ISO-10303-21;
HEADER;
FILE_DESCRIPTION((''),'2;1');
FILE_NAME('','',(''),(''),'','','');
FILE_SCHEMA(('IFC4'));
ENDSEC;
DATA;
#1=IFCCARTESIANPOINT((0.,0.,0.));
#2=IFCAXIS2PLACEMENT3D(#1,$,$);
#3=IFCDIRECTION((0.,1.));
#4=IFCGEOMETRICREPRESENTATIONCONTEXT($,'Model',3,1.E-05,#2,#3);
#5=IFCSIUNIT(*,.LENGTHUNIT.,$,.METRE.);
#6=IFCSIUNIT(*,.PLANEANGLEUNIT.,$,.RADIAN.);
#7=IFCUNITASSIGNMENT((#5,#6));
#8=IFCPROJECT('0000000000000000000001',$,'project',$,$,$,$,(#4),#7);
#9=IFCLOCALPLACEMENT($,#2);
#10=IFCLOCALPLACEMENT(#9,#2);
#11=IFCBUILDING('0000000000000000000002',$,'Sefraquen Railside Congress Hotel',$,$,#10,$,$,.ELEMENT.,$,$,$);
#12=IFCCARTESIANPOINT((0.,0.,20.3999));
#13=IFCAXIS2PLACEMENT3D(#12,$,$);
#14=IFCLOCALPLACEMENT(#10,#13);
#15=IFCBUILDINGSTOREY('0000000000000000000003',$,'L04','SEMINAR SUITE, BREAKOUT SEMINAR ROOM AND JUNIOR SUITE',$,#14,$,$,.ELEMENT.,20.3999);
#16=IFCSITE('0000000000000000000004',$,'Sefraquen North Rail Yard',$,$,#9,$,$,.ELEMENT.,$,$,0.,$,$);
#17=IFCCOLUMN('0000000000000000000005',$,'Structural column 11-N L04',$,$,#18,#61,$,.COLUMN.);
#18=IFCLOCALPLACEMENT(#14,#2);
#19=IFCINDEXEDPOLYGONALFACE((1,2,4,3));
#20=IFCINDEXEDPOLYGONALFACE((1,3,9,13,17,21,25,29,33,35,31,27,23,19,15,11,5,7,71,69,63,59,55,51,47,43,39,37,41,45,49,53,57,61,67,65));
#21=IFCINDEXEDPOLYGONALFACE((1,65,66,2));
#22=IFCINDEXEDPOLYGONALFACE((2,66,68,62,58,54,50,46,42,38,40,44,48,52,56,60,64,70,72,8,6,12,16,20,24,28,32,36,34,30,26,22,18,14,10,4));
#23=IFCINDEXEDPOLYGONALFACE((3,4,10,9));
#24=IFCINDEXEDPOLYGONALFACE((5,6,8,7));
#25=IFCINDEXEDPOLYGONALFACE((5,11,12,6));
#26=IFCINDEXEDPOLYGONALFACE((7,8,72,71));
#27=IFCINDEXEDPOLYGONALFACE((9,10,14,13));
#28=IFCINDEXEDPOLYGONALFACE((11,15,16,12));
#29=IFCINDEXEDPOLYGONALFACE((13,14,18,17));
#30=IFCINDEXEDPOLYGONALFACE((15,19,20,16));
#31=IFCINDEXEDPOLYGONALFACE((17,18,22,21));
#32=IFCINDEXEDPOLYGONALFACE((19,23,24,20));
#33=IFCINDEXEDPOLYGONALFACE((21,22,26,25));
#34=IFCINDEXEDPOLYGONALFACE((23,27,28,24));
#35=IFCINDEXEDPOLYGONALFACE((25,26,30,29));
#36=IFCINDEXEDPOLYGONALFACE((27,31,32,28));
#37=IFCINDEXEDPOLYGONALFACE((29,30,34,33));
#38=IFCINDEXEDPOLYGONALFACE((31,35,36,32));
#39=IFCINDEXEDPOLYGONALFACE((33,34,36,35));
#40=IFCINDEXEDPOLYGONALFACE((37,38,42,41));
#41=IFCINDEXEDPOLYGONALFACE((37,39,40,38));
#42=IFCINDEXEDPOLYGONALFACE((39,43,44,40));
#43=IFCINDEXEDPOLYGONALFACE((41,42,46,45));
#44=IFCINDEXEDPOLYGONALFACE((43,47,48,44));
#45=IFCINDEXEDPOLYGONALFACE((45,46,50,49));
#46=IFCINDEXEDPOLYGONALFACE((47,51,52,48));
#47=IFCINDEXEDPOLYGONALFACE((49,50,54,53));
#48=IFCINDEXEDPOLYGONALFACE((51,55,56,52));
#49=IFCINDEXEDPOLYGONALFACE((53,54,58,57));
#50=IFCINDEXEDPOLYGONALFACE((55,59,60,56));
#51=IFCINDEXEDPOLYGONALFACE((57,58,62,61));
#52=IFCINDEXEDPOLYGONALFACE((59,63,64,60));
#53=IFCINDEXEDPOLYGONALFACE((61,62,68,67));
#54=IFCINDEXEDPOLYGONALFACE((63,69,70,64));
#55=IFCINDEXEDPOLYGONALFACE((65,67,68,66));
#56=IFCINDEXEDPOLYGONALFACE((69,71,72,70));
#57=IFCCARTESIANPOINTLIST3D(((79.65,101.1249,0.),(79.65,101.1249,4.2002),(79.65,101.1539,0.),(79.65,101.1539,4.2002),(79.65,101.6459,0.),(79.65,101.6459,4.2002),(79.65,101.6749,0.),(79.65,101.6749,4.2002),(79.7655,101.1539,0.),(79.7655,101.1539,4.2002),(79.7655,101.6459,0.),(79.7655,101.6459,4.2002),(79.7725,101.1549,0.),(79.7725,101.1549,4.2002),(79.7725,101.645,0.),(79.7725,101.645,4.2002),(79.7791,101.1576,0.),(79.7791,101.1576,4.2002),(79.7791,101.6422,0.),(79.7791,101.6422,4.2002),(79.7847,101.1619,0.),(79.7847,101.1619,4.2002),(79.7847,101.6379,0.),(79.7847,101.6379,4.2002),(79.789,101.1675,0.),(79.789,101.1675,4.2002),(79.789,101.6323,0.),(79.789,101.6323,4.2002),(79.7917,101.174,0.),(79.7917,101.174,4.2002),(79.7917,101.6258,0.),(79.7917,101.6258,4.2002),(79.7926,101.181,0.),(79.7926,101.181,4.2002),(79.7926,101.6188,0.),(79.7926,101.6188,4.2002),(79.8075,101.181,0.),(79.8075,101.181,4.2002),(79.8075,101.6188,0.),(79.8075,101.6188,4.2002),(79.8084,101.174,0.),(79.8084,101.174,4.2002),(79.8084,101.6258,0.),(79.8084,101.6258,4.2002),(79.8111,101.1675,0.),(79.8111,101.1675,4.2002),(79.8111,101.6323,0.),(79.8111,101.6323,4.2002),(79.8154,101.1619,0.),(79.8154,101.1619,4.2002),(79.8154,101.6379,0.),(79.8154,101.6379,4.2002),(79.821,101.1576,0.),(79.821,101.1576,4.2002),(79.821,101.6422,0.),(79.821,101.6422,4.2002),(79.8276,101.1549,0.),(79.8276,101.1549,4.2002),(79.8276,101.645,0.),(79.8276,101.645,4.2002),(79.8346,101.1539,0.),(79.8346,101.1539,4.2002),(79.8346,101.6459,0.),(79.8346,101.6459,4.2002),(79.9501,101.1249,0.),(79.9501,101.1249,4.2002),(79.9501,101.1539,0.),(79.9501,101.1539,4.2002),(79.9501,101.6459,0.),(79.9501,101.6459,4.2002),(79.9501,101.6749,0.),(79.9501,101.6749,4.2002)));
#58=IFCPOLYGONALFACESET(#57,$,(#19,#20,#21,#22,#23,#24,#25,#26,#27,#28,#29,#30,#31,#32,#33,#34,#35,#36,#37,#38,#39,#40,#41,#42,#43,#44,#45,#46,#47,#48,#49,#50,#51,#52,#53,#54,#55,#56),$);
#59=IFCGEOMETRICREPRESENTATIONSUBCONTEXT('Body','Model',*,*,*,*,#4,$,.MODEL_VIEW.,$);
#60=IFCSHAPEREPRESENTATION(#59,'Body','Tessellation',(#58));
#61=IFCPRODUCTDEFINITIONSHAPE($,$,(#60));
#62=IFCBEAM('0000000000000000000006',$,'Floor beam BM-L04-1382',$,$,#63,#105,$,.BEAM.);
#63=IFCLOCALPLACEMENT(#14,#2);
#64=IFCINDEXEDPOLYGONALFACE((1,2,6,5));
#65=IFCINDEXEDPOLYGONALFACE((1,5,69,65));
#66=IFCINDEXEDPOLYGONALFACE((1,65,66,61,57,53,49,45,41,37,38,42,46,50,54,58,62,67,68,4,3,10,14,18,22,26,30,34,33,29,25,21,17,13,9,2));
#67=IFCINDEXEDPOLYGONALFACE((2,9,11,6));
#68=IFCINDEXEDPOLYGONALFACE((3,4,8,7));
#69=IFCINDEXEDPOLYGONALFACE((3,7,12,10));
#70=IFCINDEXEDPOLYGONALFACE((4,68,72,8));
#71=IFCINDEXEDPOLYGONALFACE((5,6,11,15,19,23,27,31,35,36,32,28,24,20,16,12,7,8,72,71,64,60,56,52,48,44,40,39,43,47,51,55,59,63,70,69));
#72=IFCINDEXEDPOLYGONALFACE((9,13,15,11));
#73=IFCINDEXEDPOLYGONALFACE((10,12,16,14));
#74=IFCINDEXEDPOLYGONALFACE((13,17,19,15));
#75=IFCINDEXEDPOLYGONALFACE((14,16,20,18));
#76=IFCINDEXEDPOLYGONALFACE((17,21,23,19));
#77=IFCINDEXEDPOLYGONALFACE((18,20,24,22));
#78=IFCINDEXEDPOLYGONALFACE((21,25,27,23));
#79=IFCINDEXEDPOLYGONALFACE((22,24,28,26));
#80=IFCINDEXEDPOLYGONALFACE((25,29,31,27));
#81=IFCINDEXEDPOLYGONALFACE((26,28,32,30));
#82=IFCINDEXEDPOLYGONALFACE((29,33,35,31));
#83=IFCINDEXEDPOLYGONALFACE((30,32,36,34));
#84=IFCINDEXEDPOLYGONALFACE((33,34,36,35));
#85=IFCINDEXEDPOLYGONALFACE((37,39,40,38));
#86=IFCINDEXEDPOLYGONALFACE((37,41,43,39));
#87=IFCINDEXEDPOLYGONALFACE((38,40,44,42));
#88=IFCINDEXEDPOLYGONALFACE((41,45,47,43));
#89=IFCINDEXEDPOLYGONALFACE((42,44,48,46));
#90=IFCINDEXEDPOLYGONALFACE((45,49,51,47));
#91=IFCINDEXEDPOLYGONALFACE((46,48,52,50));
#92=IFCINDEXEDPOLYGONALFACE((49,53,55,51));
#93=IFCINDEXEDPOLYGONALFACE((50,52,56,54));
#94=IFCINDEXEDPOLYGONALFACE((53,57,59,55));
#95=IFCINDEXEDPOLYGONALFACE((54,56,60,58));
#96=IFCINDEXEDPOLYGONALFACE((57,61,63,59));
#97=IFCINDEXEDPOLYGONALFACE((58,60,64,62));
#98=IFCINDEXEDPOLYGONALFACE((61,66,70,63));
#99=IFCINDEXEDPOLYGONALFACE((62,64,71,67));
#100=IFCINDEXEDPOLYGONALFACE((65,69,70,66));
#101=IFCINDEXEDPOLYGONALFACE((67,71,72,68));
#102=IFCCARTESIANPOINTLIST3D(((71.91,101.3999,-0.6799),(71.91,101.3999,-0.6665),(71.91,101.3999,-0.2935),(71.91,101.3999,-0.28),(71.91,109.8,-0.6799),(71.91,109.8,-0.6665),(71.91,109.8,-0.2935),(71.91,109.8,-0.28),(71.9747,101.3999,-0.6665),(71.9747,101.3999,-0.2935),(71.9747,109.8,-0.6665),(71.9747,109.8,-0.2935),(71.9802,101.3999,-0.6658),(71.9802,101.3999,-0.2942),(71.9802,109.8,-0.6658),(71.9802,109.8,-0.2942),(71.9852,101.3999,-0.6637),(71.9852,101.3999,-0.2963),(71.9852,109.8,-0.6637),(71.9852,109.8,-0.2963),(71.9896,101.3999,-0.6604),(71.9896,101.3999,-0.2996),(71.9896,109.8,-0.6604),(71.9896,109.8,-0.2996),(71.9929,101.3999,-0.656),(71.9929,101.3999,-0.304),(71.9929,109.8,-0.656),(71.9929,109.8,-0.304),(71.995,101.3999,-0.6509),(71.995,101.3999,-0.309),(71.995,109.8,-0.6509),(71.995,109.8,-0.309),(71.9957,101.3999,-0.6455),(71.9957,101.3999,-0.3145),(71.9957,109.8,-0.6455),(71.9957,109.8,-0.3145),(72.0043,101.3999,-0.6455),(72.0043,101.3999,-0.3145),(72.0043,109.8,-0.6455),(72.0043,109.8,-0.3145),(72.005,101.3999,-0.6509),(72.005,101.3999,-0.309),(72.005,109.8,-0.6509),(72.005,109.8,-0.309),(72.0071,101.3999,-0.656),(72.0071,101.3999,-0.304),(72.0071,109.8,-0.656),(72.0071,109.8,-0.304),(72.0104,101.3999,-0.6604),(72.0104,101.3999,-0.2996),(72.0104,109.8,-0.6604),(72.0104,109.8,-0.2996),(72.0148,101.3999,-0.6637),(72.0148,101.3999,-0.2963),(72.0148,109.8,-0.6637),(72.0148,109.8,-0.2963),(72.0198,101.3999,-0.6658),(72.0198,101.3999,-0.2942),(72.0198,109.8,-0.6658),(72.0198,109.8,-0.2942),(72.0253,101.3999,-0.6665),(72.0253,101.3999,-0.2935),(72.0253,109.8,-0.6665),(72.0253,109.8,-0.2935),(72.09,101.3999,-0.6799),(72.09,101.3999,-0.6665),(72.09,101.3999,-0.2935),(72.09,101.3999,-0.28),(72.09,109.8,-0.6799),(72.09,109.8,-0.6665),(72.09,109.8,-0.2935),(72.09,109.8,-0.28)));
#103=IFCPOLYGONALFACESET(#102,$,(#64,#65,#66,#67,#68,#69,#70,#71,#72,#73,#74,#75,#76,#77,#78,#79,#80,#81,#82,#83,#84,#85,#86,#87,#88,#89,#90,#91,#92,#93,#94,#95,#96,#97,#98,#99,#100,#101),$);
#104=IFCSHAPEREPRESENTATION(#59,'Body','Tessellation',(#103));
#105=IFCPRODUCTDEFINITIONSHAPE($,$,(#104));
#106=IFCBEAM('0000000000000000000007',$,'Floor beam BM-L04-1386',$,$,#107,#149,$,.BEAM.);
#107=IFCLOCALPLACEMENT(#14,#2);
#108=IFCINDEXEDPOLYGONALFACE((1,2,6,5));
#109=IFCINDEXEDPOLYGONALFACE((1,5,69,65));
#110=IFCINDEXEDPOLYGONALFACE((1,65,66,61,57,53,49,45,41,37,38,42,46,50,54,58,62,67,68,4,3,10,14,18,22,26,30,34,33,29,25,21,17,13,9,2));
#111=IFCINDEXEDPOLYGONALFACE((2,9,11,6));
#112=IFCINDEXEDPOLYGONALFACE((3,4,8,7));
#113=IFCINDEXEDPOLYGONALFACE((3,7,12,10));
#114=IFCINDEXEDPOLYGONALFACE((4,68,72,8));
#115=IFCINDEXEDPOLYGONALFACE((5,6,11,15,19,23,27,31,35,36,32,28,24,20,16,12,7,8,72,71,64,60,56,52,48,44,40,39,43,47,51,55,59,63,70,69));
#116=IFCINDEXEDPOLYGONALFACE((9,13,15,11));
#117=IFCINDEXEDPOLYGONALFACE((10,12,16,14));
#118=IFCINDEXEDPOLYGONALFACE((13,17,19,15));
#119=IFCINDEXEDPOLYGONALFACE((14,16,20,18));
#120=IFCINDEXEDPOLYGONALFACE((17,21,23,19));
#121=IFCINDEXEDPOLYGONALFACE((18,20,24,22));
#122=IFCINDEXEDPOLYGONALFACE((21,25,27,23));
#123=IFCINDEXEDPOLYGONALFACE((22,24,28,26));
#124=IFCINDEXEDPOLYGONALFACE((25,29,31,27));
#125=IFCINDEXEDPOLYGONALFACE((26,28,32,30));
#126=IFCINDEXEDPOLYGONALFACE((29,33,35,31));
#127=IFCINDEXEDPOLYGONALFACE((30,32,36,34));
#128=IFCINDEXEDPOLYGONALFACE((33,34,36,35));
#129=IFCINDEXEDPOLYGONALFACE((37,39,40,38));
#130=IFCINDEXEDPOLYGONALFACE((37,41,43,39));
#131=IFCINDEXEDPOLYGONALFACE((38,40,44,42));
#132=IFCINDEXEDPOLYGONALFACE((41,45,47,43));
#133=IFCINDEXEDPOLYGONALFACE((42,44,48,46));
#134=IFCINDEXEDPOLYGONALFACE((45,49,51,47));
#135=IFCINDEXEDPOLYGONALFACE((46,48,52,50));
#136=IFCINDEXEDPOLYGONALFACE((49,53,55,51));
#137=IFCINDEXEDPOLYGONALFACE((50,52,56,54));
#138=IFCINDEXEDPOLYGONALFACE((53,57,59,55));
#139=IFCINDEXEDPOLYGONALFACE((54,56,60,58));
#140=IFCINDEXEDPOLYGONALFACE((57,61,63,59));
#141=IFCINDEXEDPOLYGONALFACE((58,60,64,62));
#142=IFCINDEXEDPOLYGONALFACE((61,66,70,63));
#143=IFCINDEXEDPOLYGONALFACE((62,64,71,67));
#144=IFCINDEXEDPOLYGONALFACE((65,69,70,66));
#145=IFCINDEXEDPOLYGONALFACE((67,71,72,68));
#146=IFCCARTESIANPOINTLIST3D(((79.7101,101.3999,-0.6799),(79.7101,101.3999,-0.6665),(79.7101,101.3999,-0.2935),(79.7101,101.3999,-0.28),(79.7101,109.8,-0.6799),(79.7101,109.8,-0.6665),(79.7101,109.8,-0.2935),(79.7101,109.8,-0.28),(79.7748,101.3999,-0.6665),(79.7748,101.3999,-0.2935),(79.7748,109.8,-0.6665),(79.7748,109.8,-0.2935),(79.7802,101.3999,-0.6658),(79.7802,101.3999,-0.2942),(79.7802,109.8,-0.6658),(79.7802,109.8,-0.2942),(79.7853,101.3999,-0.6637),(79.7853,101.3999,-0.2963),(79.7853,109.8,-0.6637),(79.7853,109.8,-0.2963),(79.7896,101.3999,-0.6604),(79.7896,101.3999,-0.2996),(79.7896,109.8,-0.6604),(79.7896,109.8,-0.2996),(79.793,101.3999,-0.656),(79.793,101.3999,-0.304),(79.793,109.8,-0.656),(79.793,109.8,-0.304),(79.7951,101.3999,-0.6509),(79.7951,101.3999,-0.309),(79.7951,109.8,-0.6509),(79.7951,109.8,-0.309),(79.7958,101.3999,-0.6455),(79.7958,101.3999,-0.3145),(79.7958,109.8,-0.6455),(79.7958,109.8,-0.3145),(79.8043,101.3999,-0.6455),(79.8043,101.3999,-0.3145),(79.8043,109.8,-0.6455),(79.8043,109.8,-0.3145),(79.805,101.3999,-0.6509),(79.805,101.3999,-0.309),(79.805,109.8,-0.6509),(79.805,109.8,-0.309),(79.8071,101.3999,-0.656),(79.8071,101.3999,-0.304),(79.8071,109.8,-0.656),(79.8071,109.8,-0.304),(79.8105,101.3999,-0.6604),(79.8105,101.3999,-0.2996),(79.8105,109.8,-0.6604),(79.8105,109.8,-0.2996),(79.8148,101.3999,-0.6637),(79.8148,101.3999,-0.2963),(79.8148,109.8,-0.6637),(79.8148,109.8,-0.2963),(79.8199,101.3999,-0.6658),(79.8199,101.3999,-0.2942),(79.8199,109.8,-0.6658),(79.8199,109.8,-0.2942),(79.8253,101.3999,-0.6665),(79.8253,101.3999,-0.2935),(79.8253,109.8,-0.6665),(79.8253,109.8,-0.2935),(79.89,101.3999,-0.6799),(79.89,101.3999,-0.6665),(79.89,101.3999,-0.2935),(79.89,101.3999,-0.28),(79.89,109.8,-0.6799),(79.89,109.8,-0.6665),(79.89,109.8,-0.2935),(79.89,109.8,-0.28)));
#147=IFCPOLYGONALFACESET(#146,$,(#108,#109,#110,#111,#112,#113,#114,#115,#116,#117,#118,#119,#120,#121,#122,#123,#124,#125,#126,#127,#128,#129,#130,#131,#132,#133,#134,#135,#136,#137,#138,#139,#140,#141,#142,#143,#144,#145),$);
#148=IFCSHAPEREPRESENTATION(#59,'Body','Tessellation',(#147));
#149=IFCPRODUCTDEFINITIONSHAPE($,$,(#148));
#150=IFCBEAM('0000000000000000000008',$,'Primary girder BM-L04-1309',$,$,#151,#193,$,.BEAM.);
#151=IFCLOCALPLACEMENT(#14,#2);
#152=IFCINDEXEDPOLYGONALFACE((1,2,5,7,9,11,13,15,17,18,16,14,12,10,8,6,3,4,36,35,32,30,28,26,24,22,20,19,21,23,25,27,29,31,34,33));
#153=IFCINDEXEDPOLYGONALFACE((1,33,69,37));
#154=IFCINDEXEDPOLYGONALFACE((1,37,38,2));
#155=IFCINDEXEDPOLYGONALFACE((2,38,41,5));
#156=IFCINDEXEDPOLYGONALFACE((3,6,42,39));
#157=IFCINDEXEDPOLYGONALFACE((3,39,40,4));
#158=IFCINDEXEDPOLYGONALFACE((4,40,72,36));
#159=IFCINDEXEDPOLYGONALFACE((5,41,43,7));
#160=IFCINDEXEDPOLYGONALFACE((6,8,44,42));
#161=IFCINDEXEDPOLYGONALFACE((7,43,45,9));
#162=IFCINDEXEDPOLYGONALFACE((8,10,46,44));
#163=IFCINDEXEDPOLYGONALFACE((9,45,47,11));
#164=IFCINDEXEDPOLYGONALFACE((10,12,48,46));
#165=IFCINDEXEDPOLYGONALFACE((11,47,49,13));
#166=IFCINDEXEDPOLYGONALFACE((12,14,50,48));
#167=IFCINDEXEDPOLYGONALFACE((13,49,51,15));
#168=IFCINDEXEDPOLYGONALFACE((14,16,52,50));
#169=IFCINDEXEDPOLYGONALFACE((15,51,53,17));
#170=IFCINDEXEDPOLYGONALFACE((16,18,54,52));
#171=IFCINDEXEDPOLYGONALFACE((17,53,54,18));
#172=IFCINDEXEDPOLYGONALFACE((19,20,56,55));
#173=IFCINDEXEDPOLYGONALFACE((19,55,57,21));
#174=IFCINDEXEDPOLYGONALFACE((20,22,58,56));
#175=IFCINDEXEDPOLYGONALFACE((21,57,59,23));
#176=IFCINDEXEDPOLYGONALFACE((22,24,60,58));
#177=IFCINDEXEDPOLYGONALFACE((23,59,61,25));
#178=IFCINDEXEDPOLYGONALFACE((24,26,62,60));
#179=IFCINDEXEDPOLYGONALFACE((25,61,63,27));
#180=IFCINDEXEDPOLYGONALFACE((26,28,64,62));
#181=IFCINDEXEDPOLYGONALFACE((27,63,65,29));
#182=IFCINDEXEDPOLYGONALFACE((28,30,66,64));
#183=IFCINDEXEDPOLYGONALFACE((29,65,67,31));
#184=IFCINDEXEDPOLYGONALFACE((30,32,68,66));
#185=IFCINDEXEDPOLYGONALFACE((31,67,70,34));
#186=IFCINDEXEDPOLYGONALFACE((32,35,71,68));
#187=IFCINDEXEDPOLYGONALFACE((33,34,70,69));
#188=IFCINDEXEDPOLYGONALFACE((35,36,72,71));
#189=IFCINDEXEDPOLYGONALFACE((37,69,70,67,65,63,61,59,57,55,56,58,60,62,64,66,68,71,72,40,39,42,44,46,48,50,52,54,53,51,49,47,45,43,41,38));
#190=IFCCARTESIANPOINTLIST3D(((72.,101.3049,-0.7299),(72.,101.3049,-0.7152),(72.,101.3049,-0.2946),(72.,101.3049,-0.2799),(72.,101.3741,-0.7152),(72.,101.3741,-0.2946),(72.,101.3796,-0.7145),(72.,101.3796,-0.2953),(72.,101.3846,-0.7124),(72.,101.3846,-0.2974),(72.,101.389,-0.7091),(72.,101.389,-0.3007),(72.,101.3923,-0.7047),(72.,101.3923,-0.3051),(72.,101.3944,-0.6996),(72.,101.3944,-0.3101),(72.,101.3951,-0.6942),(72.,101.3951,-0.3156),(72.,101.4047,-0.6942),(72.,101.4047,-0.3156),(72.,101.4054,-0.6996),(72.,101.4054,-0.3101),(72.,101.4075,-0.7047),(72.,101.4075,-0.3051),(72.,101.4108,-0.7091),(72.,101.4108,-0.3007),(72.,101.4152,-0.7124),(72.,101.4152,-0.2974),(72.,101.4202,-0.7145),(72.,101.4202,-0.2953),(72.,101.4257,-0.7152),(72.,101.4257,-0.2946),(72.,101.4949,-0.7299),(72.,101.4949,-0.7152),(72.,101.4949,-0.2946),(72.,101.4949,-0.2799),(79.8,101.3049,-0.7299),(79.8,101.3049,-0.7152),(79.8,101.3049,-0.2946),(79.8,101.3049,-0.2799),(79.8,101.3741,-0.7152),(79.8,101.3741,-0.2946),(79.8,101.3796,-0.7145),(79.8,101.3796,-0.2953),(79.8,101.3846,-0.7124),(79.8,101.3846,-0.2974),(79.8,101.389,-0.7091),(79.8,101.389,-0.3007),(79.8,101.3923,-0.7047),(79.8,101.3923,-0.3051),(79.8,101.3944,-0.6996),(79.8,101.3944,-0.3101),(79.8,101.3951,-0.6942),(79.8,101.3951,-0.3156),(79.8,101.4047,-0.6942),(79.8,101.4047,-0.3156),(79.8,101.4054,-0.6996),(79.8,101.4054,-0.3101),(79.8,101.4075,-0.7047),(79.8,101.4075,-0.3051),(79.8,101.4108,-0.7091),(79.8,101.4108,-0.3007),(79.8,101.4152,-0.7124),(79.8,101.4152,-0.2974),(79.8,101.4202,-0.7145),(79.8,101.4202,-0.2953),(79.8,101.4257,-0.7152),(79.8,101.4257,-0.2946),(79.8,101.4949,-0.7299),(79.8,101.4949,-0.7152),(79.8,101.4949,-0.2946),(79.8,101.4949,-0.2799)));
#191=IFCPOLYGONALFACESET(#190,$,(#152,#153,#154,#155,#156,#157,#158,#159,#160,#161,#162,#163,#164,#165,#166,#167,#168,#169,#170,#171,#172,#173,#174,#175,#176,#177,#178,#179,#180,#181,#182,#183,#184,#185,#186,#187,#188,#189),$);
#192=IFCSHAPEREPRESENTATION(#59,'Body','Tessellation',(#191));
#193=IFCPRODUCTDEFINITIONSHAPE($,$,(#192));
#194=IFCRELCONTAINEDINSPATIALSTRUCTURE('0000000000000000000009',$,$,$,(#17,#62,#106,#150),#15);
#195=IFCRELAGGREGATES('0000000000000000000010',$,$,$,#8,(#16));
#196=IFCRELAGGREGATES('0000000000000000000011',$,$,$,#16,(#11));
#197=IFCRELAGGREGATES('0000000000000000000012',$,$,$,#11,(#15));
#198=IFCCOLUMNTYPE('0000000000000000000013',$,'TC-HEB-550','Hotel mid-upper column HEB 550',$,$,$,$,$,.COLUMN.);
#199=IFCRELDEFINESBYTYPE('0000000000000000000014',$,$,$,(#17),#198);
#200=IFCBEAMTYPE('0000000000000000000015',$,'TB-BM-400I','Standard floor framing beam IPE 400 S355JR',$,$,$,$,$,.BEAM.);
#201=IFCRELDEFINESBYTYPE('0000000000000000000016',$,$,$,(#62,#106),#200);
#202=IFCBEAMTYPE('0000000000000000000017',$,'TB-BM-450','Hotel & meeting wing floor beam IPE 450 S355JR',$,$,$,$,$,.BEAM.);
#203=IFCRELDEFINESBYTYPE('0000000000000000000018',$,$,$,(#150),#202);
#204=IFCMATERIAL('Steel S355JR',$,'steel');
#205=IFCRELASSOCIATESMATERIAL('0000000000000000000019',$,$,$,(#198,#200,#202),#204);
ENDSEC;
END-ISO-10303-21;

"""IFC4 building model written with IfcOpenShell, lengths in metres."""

from ifc_helpers import new_model, si_unit, direction, frame, origin, origin_2d, place, context, subcontext, project, spatial, i_section, extrude, material, material_profile, profile_set, type_object, element, save


model = new_model("IFC4")

# Units and contexts
model_context = context("Model", 3, precision=1e-05, world=origin(), true_north=direction((0.0, 1.0)))
body_context = subcontext(model_context, "Body", "Model", "MODEL_VIEW")
ifc_project = project(units=[si_unit("LENGTHUNIT", "METRE"), si_unit("PLANEANGLEUNIT", "RADIAN")], contexts=[model_context])

# Site, building, storey
site_placement = place(None, origin())
site = spatial("IfcSite", under=ifc_project, at=site_placement, Name="Sefraquen North Rail Yard", CompositionType="ELEMENT", RefElevation=0.0)
building_placement = place(site_placement, origin())
building = spatial("IfcBuilding", under=site, at=building_placement, Name="Sefraquen Railside Congress Hotel", CompositionType="ELEMENT")
storey_placement = place(building_placement, frame((0.0, 0.0, 20.3999)))
storey = spatial("IfcBuildingStorey", under=building, at=storey_placement, Name="L04", Description="SEMINAR SUITE, BREAKOUT SEMINAR ROOM AND JUNIOR SUITE", CompositionType="ELEMENT", Elevation=20.3999)

# Column
ifc_material_1 = material(Name="Steel S355JR", Category="steel")
ifc_material_profile_1 = material_profile(ifc_material_1, i_section(OverallWidth=0.3, OverallDepth=0.55, WebThickness=0.0149, FlangeThickness=0.0291, FilletRadius=0.0271, at=origin_2d()), Name="HEB 550")
ifc_profile_set_1 = profile_set([ifc_material_profile_1], Name="Steel S355JR")
column_type = type_object("IfcColumnType", Name="TC-HEB-550", Description="Hotel mid-upper column HEB 550", PredefinedType="COLUMN", material=ifc_profile_set_1)
column_placement = place(storey_placement, frame((79.8, 101.3999, 0.0), z_axis=(0.0, 0.0, 1.0), x_axis=(1.0, 0.0, 0.0)))
element("IfcColumn", 1, at=column_placement, inside=storey, type_object=column_type, Name="Structural column 11-N L04", PredefinedType="COLUMN", context=body_context, shape_type="SweptSolid", body=[
    extrude(i_section(OverallWidth=0.3, OverallDepth=0.55, WebThickness=0.0149, FlangeThickness=0.0291, FilletRadius=0.0271, at=origin_2d()), origin(), (0.0, 0.0, 1.0), 4.2002),
])

# Beams
ifc_material_profile_2 = material_profile(ifc_material_1, i_section(OverallWidth=0.1799, OverallDepth=0.3999, WebThickness=0.0085, FlangeThickness=0.0134, FilletRadius=0.021, at=origin_2d()), Name="IPE 400")
ifc_profile_set_2 = profile_set([ifc_material_profile_2], Name="Steel S355JR")
beam_type_1 = type_object("IfcBeamType", Name="TB-BM-400I", Description="Standard floor framing beam IPE 400 S355JR", PredefinedType="BEAM", material=ifc_profile_set_2)
for number, where, z_axis, x_axis, name in (
    (2, (72.0, 101.3999, -0.48), (0.0, 1.0, 0.0), (-1.0, 0.0, 0.0), "Floor beam BM-L04-1382"),
    (3, (79.8, 101.3999, -0.48), (0.0, 1.0, 0.0), (-1.0, 0.0, 0.0), "Floor beam BM-L04-1386"),
):
    element("IfcBeam", number, at=place(storey_placement, frame(where, z_axis=z_axis, x_axis=x_axis)), inside=storey, type_object=beam_type_1, Name=name, PredefinedType="BEAM", context=body_context, shape_type="SweptSolid", body=[
        extrude(i_section(OverallWidth=0.1799, OverallDepth=0.3999, WebThickness=0.0085, FlangeThickness=0.0134, FilletRadius=0.021, at=origin_2d()), origin(), (0.0, 0.0, 1.0), 8.4001),
    ])
ifc_material_profile_3 = material_profile(ifc_material_1, i_section(OverallWidth=0.1899, OverallDepth=0.45, WebThickness=0.0095, FlangeThickness=0.0146, FilletRadius=0.021, at=origin_2d()), Name="IPE 450")
ifc_profile_set_3 = profile_set([ifc_material_profile_3], Name="Steel S355JR")
beam_type_2 = type_object("IfcBeamType", Name="TB-BM-450", Description="Hotel & meeting wing floor beam IPE 450 S355JR", PredefinedType="BEAM", material=ifc_profile_set_3)
for number, where, z_axis, x_axis, name in (
    (4, (72.0, 101.3999, -0.5049), (1.0, 0.0, 0.0), (0.0, 1.0, 0.0), "Primary girder BM-L04-1309"),
):
    element("IfcBeam", number, at=place(storey_placement, frame(where, z_axis=z_axis, x_axis=x_axis)), inside=storey, type_object=beam_type_2, Name=name, PredefinedType="BEAM", context=body_context, shape_type="SweptSolid", body=[
        extrude(i_section(OverallWidth=0.1899, OverallDepth=0.45, WebThickness=0.0095, FlangeThickness=0.0146, FilletRadius=0.021, at=origin_2d()), origin(), (0.0, 0.0, 1.0), 7.8),
    ])

save(model, "model.ifc")
